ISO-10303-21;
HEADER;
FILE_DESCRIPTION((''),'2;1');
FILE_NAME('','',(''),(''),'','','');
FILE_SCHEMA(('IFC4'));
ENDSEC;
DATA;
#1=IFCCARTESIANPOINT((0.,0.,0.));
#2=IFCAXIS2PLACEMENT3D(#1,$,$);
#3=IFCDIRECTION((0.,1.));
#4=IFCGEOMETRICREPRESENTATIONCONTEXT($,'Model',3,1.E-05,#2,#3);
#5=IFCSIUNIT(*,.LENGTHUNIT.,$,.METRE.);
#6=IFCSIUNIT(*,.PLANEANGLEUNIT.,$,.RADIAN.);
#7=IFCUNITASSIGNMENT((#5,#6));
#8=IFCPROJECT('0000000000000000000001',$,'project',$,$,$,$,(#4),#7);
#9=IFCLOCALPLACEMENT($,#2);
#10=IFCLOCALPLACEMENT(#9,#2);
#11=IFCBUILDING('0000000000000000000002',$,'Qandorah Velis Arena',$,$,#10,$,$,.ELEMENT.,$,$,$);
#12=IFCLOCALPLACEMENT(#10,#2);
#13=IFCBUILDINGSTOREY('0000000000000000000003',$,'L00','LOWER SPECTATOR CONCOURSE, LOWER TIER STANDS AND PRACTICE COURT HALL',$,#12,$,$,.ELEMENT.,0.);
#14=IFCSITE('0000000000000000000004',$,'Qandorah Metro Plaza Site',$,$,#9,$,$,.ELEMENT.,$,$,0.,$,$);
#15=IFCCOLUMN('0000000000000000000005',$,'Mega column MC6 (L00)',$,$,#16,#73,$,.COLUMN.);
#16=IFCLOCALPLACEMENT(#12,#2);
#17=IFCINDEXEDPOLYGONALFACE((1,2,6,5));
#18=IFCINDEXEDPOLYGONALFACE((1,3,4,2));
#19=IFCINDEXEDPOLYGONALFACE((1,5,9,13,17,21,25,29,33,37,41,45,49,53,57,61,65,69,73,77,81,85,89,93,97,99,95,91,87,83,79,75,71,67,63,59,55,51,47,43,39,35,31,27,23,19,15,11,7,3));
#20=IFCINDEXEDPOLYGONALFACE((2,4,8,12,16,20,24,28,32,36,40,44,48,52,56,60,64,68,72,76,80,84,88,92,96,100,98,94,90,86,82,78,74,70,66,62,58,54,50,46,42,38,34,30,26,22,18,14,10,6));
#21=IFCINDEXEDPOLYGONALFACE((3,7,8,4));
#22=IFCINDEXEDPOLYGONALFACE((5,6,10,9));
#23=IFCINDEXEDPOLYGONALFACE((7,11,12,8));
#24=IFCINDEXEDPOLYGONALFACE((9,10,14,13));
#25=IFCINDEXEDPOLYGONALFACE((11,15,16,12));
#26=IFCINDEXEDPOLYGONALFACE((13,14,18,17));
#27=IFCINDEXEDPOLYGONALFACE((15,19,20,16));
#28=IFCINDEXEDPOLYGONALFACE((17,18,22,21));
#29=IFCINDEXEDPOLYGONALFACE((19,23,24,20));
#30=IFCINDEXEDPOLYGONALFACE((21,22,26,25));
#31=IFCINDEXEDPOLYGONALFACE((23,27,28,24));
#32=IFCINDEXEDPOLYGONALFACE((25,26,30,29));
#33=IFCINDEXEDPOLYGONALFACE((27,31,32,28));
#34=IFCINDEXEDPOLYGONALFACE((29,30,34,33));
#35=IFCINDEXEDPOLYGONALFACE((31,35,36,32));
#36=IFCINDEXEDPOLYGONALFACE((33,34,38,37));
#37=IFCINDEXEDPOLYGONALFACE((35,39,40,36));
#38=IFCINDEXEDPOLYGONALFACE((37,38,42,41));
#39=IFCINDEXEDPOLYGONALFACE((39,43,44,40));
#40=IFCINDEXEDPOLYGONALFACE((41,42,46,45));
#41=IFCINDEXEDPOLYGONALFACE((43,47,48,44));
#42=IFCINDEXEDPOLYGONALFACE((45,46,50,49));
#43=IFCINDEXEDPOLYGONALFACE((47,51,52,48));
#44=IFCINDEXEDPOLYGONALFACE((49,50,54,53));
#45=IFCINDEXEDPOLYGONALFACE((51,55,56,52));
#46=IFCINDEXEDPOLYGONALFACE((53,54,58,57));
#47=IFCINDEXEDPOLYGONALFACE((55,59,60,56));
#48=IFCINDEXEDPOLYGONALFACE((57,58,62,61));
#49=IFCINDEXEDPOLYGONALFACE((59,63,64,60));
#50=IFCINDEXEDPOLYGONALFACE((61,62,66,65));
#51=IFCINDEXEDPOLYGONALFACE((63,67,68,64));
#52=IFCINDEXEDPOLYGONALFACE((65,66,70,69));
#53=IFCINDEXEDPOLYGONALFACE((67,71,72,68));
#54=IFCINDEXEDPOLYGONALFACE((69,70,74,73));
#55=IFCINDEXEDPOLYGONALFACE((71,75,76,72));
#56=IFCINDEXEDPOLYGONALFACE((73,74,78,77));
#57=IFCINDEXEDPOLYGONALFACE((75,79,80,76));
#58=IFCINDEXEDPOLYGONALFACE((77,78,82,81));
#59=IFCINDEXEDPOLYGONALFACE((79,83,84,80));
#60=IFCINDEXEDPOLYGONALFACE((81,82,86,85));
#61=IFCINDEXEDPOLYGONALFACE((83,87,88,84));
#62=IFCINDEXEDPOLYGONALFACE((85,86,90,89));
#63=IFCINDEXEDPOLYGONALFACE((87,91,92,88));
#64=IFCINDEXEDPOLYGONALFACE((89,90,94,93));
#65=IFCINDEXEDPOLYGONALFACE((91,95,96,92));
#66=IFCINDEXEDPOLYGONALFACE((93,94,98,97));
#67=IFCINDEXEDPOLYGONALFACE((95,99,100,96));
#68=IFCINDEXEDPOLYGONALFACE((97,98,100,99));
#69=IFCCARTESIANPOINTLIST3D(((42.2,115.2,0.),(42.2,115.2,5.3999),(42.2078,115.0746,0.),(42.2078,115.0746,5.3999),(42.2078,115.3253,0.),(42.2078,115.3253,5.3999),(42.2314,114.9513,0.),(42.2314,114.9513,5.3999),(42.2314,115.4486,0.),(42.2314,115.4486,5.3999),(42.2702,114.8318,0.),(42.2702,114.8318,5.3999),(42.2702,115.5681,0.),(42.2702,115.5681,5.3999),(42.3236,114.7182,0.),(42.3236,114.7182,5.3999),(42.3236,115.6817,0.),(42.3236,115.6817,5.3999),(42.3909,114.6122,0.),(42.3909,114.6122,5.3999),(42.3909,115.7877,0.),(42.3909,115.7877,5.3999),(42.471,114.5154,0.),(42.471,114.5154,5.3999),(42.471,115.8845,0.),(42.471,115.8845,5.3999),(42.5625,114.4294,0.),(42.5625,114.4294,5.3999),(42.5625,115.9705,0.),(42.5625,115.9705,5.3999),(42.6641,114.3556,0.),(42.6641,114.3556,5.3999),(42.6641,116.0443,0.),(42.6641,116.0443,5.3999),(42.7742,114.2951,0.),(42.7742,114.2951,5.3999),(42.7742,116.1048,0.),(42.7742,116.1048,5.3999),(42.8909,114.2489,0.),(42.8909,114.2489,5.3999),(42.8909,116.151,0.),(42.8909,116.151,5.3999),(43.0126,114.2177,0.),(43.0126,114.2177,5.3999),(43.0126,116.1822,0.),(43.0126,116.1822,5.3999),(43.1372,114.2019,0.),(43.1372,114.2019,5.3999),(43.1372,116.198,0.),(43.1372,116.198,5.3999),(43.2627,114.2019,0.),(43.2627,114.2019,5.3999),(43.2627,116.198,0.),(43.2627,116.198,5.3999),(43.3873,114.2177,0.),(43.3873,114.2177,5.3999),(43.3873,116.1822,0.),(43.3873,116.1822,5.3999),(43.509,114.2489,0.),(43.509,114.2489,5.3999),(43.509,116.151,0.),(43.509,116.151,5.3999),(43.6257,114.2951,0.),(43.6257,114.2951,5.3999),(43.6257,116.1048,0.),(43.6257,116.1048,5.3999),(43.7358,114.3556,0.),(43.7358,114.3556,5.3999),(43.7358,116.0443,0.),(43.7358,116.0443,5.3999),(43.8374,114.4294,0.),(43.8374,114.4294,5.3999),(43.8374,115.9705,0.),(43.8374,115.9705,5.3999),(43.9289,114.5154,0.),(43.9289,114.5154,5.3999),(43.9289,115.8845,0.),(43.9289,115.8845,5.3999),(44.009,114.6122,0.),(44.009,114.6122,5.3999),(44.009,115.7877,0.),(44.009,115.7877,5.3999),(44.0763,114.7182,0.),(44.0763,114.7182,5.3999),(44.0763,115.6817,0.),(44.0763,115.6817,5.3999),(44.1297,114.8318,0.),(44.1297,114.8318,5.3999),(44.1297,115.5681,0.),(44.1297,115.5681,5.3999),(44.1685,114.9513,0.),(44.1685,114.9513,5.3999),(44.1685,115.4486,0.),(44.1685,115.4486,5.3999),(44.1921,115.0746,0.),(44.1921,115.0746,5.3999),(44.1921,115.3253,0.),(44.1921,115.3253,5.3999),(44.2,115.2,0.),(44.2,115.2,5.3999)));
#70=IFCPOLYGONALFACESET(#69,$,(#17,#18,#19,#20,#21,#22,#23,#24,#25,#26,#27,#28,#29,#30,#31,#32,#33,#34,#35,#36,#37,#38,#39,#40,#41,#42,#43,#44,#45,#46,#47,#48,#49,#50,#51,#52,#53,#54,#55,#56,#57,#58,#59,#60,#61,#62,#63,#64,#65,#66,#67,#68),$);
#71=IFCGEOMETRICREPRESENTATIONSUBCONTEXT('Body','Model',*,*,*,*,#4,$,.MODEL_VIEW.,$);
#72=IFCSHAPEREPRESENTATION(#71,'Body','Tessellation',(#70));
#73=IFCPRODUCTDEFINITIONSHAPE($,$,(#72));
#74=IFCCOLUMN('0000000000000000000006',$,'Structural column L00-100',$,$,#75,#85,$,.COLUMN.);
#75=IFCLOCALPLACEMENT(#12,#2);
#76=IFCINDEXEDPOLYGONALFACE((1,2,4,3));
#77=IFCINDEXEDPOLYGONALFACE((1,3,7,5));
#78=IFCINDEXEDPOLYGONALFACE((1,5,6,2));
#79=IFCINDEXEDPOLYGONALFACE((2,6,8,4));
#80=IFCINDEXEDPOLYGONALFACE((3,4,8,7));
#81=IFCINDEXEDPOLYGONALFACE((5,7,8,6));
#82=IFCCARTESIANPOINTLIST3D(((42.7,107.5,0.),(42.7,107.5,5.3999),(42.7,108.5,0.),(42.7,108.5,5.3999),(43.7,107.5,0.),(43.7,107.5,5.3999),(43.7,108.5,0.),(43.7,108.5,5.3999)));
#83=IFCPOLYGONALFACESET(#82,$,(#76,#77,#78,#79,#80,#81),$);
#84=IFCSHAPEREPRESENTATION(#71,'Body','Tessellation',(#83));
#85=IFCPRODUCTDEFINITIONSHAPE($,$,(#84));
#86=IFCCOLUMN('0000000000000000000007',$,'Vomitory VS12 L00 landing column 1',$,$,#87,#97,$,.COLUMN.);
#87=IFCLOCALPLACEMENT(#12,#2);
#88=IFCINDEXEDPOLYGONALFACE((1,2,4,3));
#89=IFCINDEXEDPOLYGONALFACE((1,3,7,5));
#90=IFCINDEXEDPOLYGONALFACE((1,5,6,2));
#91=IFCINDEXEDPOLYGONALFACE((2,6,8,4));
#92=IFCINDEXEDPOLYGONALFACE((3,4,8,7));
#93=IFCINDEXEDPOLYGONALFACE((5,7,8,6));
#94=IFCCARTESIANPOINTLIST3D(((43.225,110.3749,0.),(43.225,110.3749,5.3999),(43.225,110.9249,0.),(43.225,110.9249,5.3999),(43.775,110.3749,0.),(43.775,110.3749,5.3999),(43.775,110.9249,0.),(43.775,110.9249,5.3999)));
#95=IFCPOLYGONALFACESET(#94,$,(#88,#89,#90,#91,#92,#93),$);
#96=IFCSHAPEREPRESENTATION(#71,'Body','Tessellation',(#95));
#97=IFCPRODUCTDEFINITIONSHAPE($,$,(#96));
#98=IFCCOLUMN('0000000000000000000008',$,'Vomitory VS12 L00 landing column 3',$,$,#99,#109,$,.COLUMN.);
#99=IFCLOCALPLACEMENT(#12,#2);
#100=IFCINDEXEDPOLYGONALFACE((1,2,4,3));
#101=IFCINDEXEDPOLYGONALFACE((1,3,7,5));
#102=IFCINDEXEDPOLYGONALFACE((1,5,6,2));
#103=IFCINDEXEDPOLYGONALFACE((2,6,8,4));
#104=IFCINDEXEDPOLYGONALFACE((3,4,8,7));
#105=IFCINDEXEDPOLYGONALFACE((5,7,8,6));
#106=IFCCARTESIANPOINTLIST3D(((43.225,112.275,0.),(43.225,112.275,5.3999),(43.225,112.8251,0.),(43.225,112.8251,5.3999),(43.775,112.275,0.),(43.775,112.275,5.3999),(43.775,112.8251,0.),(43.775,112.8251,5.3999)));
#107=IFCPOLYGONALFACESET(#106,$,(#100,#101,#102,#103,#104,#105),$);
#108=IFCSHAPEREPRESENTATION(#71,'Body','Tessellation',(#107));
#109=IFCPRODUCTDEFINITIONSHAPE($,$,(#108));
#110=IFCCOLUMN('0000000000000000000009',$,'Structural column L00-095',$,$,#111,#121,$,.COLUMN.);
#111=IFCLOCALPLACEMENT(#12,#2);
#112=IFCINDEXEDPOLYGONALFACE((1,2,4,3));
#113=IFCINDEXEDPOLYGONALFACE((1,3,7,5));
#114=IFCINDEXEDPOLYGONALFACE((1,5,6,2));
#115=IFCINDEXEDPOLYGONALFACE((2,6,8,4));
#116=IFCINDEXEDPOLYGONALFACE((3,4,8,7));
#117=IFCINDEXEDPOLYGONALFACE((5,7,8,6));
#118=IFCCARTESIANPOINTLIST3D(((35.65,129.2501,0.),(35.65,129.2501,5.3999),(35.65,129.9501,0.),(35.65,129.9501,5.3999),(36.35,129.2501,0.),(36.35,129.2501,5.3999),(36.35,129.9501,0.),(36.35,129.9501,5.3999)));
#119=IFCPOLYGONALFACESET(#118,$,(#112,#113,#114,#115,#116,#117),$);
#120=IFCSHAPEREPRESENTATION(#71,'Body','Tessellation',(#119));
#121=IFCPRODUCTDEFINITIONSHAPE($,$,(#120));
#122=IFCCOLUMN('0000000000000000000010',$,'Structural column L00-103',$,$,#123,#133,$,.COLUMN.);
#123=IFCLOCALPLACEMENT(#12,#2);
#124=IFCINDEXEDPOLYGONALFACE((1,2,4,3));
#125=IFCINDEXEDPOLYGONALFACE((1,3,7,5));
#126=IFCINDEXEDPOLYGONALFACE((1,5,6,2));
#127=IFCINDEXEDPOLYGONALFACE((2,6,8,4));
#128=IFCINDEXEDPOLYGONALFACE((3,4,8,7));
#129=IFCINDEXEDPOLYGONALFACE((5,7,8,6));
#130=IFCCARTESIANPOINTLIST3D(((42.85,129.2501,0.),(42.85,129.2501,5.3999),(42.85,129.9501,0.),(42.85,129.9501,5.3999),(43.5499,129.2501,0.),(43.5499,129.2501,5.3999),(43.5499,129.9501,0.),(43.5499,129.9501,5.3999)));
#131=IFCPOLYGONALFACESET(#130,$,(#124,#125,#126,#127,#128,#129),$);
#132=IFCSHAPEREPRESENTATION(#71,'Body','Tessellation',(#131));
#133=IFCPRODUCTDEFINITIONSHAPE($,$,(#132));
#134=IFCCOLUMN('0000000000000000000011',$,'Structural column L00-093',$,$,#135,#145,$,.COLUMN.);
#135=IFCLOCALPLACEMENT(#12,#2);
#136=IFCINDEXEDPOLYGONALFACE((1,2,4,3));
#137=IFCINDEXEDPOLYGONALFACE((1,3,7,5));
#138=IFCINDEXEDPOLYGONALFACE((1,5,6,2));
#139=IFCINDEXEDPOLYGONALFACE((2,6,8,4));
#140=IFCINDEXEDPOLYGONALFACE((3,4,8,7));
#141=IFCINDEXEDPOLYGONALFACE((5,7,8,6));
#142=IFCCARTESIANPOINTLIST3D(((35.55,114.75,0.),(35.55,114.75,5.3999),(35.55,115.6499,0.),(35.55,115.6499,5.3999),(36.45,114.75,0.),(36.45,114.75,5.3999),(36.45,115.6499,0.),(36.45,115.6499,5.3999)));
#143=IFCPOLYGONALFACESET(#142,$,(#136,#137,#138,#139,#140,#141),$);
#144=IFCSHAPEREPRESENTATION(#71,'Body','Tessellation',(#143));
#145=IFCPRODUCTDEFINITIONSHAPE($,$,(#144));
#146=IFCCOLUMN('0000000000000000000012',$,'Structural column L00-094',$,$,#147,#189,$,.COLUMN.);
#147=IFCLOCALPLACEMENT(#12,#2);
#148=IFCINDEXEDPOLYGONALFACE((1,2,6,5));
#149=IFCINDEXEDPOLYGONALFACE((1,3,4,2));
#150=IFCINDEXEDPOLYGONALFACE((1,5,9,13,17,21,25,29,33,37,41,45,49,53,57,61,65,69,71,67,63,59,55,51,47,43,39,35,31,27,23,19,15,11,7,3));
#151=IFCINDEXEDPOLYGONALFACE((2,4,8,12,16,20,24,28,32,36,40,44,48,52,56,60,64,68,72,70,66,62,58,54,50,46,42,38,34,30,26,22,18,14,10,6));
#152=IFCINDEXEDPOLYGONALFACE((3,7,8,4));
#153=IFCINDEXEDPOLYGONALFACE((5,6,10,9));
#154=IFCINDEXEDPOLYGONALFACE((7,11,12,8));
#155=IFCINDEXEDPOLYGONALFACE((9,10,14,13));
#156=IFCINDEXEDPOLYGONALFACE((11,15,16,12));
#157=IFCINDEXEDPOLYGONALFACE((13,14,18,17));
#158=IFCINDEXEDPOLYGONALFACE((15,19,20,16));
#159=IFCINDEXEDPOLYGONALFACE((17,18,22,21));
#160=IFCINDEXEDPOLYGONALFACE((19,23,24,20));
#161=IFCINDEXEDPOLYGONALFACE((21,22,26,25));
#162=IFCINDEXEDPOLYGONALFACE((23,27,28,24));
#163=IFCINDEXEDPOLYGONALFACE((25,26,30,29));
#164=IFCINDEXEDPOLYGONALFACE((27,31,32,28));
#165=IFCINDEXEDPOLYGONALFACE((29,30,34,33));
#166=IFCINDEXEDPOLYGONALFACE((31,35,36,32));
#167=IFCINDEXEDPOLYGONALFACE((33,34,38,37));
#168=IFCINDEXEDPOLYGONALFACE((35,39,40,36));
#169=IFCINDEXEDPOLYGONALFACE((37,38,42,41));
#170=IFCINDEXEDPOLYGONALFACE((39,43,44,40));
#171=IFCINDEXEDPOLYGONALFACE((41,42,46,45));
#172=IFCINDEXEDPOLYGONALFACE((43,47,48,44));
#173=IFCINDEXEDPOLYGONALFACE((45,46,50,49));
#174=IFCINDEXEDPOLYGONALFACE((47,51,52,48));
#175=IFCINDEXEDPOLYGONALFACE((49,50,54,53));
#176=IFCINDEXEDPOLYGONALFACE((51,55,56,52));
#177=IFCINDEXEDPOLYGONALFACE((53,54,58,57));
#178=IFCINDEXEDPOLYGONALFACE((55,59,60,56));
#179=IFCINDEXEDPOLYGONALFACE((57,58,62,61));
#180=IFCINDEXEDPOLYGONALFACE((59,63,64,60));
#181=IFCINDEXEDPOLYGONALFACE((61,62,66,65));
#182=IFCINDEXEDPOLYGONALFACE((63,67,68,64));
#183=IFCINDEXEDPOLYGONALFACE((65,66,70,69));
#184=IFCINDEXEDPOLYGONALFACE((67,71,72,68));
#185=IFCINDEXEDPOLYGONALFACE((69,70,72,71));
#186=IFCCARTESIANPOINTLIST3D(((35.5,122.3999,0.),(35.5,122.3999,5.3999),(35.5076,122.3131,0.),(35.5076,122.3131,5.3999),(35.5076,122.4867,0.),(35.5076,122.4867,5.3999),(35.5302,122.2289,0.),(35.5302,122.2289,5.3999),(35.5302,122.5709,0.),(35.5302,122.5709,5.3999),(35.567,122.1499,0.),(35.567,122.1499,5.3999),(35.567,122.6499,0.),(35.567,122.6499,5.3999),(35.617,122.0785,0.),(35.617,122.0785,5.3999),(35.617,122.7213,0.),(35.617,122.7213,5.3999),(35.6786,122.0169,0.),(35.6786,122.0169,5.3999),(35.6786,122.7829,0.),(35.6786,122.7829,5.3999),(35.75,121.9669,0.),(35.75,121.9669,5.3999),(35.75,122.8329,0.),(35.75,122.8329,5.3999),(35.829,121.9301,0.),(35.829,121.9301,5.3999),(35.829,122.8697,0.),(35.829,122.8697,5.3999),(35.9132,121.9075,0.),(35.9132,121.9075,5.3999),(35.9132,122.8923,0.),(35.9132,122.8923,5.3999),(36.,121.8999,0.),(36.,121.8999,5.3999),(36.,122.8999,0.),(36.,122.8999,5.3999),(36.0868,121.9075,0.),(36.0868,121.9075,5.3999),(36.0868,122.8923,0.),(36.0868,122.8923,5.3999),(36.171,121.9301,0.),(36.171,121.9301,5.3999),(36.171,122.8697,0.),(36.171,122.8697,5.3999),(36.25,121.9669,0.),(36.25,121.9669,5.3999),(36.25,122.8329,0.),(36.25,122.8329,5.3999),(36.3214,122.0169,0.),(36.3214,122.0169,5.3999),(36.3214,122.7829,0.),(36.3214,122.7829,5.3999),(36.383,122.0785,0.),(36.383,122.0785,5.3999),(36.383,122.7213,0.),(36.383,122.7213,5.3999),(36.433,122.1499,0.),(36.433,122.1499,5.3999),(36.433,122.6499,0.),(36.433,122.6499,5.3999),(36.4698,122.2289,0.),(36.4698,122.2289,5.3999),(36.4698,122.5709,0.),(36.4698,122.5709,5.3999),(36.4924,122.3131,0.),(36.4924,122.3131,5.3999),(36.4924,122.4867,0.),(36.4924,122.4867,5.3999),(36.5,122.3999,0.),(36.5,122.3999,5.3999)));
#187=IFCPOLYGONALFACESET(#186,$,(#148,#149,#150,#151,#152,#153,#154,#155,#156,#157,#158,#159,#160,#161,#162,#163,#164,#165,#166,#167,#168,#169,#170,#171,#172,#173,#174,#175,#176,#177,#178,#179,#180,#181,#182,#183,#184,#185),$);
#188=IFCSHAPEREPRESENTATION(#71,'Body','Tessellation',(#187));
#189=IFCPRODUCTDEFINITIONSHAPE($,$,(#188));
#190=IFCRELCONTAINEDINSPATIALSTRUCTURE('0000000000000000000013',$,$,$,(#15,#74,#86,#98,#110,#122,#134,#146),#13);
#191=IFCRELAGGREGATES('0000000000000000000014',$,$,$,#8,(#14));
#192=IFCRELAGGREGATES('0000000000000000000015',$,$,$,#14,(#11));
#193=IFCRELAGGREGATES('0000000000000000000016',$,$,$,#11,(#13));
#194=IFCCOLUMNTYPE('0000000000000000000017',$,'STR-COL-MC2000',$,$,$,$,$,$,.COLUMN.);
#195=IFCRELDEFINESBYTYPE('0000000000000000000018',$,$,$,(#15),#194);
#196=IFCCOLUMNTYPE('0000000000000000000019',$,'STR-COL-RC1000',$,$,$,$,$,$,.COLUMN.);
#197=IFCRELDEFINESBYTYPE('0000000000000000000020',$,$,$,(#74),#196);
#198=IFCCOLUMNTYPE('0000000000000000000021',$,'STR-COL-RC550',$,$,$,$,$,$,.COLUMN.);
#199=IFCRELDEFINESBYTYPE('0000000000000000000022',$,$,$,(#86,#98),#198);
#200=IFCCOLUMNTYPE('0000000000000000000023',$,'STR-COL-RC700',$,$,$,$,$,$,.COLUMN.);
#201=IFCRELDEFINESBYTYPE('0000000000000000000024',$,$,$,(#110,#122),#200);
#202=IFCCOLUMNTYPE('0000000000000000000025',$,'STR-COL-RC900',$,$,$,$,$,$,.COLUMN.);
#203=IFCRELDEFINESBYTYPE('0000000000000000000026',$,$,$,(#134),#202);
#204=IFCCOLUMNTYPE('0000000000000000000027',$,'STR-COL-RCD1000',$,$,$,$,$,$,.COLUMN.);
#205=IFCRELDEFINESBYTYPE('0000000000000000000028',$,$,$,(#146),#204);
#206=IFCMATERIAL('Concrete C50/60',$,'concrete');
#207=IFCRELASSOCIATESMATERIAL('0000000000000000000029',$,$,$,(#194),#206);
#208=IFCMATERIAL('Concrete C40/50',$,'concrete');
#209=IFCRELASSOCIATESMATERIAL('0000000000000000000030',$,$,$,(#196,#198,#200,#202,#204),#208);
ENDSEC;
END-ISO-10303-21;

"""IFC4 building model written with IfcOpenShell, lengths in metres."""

from ifc_helpers import new_model, si_unit, direction, frame, origin, origin_2d, place, context, subcontext, project, spatial, rectangle, circle, extrude, material, material_profile, profile_set, type_object, element, save


model = new_model("IFC4")

# Units and contexts
model_context = context("Model", 3, precision=1e-05, world=origin(), true_north=direction((0.0, 1.0)))
body_context = subcontext(model_context, "Body", "Model", "MODEL_VIEW")
ifc_project = project(units=[si_unit("LENGTHUNIT", "METRE"), si_unit("PLANEANGLEUNIT", "RADIAN")], contexts=[model_context])

# Site, building, storey
site_placement = place(None, origin())
site = spatial("IfcSite", under=ifc_project, at=site_placement, Name="Qandorah Metro Plaza Site", CompositionType="ELEMENT", RefElevation=0.0)
building_placement = place(site_placement, origin())
building = spatial("IfcBuilding", under=site, at=building_placement, Name="Qandorah Velis Arena", CompositionType="ELEMENT")
storey_placement = place(building_placement, origin())
storey = spatial("IfcBuildingStorey", under=building, at=storey_placement, Name="L00", Description="LOWER SPECTATOR CONCOURSE, LOWER TIER STANDS AND PRACTICE COURT HALL", CompositionType="ELEMENT", Elevation=0.0)

# Columns
ifc_material_1 = material(Name="Concrete C50/60", Category="concrete")
ifc_material_profile_1 = material_profile(ifc_material_1, circle(Radius=1.0, at=origin_2d()), Name="MC D2000")
ifc_profile_set_1 = profile_set([ifc_material_profile_1], Name="Concrete C50/60")
column_type_1 = type_object("IfcColumnType", Name="STR-COL-MC2000", PredefinedType="COLUMN", material=ifc_profile_set_1)
column_1_placement = place(storey_placement, frame((43.2, 115.2, 0.0), z_axis=(0.0, 0.0, 1.0), x_axis=(1.0, 0.0, 0.0)))
element("IfcColumn", 1, at=column_1_placement, inside=storey, type_object=column_type_1, Name="Mega column MC6 (L00)", PredefinedType="COLUMN", context=body_context, shape_type="SweptSolid", body=[
    extrude(circle(Radius=1.0, at=origin_2d()), origin(), (0.0, 0.0, 1.0), 5.3999),
])
ifc_material_2 = material(Name="Concrete C40/50", Category="concrete")
ifc_material_profile_2 = material_profile(ifc_material_2, rectangle(XDim=1.0, YDim=1.0, at=origin_2d()), Name="RC COL 1000x1000")
ifc_profile_set_2 = profile_set([ifc_material_profile_2], Name="Concrete C40/50")
column_type_2 = type_object("IfcColumnType", Name="STR-COL-RC1000", PredefinedType="COLUMN", material=ifc_profile_set_2)
column_2_placement = place(storey_placement, frame((43.2, 108.0, 0.0), z_axis=(0.0, 0.0, 1.0), x_axis=(1.0, 0.0, 0.0)))
element("IfcColumn", 2, at=column_2_placement, inside=storey, type_object=column_type_2, Name="Structural column L00-100", PredefinedType="COLUMN", context=body_context, shape_type="SweptSolid", body=[
    extrude(rectangle(XDim=1.0, YDim=1.0, at=origin_2d()), origin(), (0.0, 0.0, 1.0), 5.3999),
])
ifc_material_profile_3 = material_profile(ifc_material_2, rectangle(XDim=0.55, YDim=0.55, at=origin_2d()), Name="RC COL 550x550")
ifc_profile_set_3 = profile_set([ifc_material_profile_3], Name="Concrete C40/50")
column_type_3 = type_object("IfcColumnType", Name="STR-COL-RC550", PredefinedType="COLUMN", material=ifc_profile_set_3)
for number, where, z_axis, x_axis, name in (
    (3, (43.5, 110.6499, 0.0), (0.0, 0.0, 1.0), (1.0, 0.0, 0.0), "Vomitory VS12 L00 landing column 1"),
    (4, (43.5, 112.55, 0.0), (0.0, 0.0, 1.0), (1.0, 0.0, 0.0), "Vomitory VS12 L00 landing column 3"),
):
    element("IfcColumn", number, at=place(storey_placement, frame(where, z_axis=z_axis, x_axis=x_axis)), inside=storey, type_object=column_type_3, Name=name, PredefinedType="COLUMN", context=body_context, shape_type="SweptSolid", body=[
        extrude(rectangle(XDim=0.55, YDim=0.55, at=origin_2d()), origin(), (0.0, 0.0, 1.0), 5.3999),
    ])
ifc_material_profile_4 = material_profile(ifc_material_2, rectangle(XDim=0.7, YDim=0.7, at=origin_2d()), Name="RC COL 700x700")
ifc_profile_set_4 = profile_set([ifc_material_profile_4], Name="Concrete C40/50")
column_type_4 = type_object("IfcColumnType", Name="STR-COL-RC700", PredefinedType="COLUMN", material=ifc_profile_set_4)
for number, where, z_axis, x_axis, name in (
    (5, (36.0, 129.6001, 0.0), (0.0, 0.0, 1.0), (1.0, 0.0, 0.0), "Structural column L00-095"),
    (6, (43.2, 129.6001, 0.0), (0.0, 0.0, 1.0), (1.0, 0.0, 0.0), "Structural column L00-103"),
):
    element("IfcColumn", number, at=place(storey_placement, frame(where, z_axis=z_axis, x_axis=x_axis)), inside=storey, type_object=column_type_4, Name=name, PredefinedType="COLUMN", context=body_context, shape_type="SweptSolid", body=[
        extrude(rectangle(XDim=0.7, YDim=0.7, at=origin_2d()), origin(), (0.0, 0.0, 1.0), 5.3999),
    ])
ifc_material_profile_5 = material_profile(ifc_material_2, rectangle(XDim=0.8999, YDim=0.8999, at=origin_2d()), Name="RC COL 900x900")
ifc_profile_set_5 = profile_set([ifc_material_profile_5], Name="Concrete C40/50")
column_type_5 = type_object("IfcColumnType", Name="STR-COL-RC900", PredefinedType="COLUMN", material=ifc_profile_set_5)
column_3_placement = place(storey_placement, frame((36.0, 115.2, 0.0), z_axis=(0.0, 0.0, 1.0), x_axis=(1.0, 0.0, 0.0)))
element("IfcColumn", 7, at=column_3_placement, inside=storey, type_object=column_type_5, Name="Structural column L00-093", PredefinedType="COLUMN", context=body_context, shape_type="SweptSolid", body=[
    extrude(rectangle(XDim=0.8999, YDim=0.8999, at=origin_2d()), origin(), (0.0, 0.0, 1.0), 5.3999),
])
ifc_material_profile_6 = material_profile(ifc_material_2, circle(Radius=0.5, at=origin_2d()), Name="RC D1000")
ifc_profile_set_6 = profile_set([ifc_material_profile_6], Name="Concrete C40/50")
column_type_6 = type_object("IfcColumnType", Name="STR-COL-RCD1000", PredefinedType="COLUMN", material=ifc_profile_set_6)
for number, where, z_axis, x_axis, name in (
    (8, (36.0, 122.3999, 0.0), (0.0, 0.0, 1.0), (1.0, 0.0, 0.0), "Structural column L00-094"),
):
    element("IfcColumn", number, at=place(storey_placement, frame(where, z_axis=z_axis, x_axis=x_axis)), inside=storey, type_object=column_type_6, Name=name, PredefinedType="COLUMN", context=body_context, shape_type="SweptSolid", body=[
        extrude(circle(Radius=0.5, at=origin_2d()), origin(), (0.0, 0.0, 1.0), 5.3999),
    ])

save(model, "model.ifc")
